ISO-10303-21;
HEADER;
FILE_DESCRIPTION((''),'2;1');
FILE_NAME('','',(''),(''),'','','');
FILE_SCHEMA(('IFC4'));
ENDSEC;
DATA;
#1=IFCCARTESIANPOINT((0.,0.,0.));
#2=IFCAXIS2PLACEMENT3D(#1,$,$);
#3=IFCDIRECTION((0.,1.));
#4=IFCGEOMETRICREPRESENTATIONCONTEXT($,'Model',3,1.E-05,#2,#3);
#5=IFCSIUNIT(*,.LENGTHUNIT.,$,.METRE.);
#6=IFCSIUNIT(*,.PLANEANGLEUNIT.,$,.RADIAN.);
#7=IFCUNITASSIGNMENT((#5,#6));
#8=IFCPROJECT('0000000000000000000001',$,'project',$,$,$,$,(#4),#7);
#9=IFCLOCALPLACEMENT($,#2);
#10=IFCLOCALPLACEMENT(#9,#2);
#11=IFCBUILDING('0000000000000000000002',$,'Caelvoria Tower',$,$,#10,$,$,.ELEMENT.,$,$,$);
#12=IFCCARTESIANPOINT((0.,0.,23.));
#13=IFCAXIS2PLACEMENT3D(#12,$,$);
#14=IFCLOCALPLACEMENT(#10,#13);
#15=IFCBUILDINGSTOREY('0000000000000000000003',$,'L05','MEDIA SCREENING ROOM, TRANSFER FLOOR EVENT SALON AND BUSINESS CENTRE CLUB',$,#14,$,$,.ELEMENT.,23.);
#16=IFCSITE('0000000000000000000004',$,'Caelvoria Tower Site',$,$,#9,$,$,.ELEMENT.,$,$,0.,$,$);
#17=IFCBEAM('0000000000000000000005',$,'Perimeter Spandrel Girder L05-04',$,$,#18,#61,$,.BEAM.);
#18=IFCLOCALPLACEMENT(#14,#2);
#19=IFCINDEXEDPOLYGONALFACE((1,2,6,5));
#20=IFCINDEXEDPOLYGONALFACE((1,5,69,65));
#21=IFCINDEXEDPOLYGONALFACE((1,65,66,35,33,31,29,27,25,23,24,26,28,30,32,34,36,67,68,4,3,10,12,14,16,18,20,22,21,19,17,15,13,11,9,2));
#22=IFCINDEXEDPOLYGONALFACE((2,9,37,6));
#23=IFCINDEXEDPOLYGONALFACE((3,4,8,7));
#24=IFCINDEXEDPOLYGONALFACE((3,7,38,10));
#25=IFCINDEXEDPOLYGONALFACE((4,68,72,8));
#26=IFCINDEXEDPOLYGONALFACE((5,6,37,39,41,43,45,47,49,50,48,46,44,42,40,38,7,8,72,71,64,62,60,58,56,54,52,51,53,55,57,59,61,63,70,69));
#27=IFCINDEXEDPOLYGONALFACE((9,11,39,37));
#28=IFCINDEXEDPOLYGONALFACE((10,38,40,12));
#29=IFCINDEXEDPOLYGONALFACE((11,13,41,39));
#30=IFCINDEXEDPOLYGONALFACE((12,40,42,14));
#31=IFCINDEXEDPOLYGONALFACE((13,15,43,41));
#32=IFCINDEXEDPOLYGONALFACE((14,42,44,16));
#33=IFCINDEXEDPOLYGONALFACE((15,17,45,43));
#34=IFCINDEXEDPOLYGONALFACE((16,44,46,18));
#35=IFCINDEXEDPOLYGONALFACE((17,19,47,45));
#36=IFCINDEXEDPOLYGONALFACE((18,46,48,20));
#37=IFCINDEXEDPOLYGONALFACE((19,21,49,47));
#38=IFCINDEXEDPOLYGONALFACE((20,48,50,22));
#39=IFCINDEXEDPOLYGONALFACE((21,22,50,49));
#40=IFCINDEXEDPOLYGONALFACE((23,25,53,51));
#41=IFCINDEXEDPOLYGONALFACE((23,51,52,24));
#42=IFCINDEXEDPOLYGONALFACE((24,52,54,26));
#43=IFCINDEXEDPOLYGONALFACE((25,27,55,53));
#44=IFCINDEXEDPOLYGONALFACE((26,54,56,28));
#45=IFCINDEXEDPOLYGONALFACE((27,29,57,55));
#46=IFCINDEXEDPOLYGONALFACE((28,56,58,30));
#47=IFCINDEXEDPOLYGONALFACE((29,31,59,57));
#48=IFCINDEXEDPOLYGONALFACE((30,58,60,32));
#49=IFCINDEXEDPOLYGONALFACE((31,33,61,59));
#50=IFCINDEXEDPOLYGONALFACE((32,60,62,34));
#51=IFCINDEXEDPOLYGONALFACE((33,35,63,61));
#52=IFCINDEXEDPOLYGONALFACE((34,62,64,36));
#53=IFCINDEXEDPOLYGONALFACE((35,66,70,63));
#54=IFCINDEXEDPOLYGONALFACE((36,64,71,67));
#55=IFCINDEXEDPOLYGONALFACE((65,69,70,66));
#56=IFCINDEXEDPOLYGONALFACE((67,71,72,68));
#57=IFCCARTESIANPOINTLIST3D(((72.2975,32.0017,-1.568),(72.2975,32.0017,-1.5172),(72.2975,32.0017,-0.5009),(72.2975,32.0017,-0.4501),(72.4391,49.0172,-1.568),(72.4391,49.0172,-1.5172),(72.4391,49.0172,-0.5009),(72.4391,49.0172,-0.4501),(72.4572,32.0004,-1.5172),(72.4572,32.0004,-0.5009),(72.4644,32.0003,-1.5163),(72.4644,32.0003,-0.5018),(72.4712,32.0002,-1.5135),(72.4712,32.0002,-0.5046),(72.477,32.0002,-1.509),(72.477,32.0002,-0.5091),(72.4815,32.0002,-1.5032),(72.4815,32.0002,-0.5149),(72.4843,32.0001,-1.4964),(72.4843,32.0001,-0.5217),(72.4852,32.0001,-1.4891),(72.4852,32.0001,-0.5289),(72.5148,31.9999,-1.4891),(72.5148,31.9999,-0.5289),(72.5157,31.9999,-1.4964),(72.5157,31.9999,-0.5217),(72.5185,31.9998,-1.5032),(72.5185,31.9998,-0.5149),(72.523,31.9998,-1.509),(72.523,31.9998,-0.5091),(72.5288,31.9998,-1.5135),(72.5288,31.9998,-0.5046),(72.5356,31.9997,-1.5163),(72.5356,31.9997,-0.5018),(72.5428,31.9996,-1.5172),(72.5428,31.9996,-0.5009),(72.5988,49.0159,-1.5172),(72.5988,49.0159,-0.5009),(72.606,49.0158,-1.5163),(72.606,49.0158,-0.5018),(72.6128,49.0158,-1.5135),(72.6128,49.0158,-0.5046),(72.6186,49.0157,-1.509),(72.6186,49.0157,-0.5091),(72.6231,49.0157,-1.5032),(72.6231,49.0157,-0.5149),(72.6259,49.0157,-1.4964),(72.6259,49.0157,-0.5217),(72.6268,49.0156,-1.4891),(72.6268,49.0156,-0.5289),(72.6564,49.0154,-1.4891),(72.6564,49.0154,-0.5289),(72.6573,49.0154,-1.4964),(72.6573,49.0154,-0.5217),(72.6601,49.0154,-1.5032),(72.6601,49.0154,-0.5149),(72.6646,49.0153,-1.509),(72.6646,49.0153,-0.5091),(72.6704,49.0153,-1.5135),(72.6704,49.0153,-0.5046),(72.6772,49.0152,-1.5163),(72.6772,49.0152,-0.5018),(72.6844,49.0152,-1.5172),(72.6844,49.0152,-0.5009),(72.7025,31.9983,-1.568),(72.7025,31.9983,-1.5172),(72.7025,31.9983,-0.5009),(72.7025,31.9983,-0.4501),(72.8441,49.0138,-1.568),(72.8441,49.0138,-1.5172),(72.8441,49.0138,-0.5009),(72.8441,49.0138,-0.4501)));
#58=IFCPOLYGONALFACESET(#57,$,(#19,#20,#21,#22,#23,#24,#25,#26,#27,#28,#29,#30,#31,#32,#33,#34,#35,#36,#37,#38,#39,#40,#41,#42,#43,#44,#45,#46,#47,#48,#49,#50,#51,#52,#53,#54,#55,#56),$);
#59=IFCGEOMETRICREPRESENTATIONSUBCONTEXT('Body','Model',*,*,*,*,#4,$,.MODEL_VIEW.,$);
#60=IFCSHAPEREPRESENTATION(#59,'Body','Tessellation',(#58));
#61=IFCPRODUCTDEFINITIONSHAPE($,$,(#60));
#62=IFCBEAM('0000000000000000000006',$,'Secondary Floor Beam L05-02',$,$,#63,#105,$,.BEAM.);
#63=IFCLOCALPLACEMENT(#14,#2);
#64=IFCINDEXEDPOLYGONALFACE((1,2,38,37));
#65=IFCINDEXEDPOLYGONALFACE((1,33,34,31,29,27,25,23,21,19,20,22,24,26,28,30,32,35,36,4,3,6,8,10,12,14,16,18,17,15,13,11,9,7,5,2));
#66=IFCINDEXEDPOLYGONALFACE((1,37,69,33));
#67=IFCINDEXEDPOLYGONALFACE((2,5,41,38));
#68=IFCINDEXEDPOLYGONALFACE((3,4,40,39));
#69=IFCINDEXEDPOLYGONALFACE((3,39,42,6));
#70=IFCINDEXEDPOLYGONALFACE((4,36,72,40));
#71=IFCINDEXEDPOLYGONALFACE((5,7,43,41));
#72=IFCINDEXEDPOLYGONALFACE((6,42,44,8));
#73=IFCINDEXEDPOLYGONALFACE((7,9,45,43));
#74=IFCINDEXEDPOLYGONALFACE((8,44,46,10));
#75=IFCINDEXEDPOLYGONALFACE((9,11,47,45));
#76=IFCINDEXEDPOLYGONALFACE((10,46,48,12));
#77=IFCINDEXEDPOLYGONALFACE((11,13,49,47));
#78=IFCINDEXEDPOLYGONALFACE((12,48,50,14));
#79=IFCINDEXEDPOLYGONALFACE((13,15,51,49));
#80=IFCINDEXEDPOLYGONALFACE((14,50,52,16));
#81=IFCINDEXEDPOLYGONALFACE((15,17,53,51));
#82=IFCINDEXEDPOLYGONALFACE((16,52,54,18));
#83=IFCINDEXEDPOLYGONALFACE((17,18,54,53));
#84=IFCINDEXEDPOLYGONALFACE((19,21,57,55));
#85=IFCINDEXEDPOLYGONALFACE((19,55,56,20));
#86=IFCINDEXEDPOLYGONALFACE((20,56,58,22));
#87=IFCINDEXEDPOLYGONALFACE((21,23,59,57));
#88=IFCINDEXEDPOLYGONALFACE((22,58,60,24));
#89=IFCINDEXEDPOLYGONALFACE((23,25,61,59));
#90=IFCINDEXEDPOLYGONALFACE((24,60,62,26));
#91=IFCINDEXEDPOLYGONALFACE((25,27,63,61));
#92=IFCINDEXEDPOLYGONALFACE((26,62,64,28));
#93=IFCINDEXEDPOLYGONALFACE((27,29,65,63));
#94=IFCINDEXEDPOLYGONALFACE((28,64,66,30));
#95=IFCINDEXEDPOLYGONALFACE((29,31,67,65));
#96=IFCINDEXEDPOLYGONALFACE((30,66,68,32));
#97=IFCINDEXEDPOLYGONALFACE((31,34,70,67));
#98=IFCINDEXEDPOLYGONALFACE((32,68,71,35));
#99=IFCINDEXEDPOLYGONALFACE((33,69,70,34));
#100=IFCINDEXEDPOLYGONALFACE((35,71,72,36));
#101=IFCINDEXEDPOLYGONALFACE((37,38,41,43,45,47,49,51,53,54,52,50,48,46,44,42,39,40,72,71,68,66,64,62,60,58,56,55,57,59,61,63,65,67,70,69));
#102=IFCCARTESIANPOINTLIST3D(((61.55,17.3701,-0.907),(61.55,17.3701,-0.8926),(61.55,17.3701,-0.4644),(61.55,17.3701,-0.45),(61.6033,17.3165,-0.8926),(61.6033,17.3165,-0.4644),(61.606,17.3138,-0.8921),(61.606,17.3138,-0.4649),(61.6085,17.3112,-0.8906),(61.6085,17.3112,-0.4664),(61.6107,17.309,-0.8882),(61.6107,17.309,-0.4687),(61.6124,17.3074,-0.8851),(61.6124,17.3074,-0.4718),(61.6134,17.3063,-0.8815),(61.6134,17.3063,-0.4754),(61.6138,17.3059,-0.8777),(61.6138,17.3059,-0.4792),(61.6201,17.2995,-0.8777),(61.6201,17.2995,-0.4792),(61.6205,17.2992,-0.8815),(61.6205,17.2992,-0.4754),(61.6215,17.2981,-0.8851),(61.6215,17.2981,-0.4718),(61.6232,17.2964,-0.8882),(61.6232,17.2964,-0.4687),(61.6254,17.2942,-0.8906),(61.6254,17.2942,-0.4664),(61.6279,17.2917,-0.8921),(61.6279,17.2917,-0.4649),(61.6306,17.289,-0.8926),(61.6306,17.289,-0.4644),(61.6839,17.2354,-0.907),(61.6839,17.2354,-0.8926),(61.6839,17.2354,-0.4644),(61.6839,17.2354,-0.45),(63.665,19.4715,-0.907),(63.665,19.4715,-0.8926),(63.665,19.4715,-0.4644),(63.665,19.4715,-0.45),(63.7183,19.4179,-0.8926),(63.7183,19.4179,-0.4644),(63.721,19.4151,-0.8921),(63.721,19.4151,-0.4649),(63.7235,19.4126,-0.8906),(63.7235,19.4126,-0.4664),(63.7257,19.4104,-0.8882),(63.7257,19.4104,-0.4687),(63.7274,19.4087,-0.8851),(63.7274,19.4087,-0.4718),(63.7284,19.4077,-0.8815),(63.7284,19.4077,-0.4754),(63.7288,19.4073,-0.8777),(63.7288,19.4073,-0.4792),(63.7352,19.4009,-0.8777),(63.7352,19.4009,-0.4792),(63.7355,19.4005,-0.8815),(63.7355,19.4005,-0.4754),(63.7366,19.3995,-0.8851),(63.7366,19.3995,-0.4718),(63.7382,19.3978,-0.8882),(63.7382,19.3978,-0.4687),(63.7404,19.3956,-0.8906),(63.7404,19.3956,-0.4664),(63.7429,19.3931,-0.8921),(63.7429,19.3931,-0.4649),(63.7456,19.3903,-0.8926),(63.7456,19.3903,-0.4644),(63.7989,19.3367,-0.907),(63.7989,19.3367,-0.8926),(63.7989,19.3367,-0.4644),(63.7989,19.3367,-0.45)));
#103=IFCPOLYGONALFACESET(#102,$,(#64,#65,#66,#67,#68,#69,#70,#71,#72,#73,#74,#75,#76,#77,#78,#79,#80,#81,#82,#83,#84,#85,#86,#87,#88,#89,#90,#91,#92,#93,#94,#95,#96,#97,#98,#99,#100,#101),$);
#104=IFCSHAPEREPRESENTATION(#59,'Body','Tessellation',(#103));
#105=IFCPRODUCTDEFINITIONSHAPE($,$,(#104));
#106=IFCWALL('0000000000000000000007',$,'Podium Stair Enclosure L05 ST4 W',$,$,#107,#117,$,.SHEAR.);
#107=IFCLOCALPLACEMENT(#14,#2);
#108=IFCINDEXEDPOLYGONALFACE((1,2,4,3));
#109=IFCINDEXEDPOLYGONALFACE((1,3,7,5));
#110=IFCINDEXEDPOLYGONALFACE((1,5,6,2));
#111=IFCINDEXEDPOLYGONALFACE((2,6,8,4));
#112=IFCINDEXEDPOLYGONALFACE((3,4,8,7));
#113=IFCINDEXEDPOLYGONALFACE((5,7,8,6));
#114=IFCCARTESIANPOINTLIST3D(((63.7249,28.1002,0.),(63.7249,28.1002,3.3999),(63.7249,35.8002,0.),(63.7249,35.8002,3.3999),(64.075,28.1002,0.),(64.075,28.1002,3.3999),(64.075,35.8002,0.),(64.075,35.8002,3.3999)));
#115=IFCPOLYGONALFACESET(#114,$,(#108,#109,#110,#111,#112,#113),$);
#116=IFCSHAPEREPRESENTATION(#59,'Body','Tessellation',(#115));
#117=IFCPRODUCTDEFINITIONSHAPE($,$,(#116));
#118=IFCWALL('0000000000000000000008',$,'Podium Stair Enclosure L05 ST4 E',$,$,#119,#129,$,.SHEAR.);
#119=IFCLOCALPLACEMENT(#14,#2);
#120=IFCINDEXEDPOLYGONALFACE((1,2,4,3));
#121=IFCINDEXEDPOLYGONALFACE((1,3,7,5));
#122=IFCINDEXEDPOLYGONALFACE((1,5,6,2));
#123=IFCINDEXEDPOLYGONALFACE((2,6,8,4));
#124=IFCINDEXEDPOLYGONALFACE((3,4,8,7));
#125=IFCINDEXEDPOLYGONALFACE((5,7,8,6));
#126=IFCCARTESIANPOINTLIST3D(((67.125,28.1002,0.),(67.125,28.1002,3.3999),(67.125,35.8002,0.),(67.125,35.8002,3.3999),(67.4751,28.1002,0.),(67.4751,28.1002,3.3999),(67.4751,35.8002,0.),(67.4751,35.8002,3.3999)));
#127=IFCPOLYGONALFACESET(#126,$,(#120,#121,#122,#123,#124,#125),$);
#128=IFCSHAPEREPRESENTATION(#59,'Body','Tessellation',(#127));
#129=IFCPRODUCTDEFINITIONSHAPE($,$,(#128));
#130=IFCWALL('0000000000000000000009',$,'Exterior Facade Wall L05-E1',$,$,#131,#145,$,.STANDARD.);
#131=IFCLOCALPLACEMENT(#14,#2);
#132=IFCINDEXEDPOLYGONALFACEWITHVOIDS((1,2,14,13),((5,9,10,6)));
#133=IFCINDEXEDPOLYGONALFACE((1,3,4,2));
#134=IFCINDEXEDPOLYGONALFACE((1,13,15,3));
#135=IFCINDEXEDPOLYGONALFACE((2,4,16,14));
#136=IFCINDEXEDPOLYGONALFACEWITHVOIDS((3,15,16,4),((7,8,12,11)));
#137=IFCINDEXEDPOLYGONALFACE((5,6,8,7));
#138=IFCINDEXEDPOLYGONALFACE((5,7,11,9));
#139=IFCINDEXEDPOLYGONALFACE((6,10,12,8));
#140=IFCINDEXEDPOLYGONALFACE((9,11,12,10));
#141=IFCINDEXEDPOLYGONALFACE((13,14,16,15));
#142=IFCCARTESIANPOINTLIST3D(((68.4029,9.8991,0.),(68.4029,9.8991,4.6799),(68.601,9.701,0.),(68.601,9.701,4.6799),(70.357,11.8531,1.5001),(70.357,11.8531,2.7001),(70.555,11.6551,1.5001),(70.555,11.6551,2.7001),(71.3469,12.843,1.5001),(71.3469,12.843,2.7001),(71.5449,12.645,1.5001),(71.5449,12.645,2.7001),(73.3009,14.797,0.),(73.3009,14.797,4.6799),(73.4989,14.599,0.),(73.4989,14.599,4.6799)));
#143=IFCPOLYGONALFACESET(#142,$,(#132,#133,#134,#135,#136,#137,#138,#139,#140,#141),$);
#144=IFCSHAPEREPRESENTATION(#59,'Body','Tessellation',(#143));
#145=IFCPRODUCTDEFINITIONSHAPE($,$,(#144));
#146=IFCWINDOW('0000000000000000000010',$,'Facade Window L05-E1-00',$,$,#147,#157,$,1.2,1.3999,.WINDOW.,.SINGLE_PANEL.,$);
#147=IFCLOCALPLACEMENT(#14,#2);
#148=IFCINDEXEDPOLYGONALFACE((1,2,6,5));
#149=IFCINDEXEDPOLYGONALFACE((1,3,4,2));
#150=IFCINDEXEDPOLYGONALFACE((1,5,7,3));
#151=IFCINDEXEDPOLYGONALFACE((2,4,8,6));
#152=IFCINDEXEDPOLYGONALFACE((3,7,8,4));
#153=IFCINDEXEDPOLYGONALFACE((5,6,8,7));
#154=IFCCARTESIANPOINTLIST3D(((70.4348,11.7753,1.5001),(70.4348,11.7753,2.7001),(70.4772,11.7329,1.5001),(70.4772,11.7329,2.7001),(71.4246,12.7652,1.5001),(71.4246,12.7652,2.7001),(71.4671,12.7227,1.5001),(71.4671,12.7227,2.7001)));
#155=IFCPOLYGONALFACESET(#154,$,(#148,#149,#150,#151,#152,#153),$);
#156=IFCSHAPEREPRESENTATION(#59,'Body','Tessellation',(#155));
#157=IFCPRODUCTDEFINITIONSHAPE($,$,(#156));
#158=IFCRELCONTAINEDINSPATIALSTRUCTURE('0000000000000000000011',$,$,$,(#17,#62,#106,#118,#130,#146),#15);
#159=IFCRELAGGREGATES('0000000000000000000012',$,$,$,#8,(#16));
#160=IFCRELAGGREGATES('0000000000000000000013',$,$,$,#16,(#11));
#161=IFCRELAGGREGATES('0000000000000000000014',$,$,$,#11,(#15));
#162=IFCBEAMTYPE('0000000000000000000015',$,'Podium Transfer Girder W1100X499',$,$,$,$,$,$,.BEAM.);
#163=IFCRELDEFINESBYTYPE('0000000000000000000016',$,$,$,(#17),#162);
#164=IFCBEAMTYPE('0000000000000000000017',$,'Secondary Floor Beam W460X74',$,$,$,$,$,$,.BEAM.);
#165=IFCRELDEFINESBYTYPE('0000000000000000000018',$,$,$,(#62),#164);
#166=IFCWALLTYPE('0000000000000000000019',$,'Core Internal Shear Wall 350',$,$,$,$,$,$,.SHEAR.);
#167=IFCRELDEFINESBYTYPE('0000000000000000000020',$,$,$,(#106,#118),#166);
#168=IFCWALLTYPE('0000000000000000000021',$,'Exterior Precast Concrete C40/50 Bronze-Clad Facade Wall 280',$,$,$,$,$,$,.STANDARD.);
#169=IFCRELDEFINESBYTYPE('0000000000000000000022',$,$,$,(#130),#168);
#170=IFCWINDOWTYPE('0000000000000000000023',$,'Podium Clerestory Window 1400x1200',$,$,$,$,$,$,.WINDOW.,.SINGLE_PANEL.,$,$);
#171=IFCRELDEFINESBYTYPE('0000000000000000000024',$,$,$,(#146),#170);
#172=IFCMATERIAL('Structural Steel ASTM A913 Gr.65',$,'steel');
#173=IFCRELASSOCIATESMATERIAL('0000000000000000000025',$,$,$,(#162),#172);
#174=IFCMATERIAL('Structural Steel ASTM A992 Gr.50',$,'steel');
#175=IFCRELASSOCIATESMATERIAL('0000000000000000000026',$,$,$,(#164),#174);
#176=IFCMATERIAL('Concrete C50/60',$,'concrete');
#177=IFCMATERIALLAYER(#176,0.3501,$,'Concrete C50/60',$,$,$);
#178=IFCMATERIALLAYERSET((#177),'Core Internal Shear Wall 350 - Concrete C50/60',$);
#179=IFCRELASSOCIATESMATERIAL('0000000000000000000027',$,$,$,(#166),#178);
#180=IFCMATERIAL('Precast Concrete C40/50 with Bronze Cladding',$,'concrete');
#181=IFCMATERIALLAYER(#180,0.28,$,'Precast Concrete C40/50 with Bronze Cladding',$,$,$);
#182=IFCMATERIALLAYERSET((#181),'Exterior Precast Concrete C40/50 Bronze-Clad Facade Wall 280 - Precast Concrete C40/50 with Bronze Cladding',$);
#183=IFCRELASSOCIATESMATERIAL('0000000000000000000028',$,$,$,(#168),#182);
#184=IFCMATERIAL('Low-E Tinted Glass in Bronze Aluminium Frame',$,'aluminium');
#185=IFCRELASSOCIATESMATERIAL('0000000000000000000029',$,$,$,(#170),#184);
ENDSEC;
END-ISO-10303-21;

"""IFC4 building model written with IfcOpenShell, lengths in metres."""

from ifc_helpers import new_model, si_unit, direction, frame, frame_2d, origin, origin_2d, place, context, subcontext, project, spatial, rectangle, i_section, extrude, material, layer, layer_set, material_profile, profile_set, type_object, element, fill, save


model = new_model("IFC4")

# Units and contexts
model_context = context("Model", 3, precision=1e-05, world=origin(), true_north=direction((0.0, 1.0)))
body_context = subcontext(model_context, "Body", "Model", "MODEL_VIEW")
ifc_project = project(units=[si_unit("LENGTHUNIT", "METRE"), si_unit("PLANEANGLEUNIT", "RADIAN")], contexts=[model_context])

# Site, building, storey
site_placement = place(None, origin())
site = spatial("IfcSite", under=ifc_project, at=site_placement, Name="Caelvoria Tower Site", CompositionType="ELEMENT", RefElevation=0.0)
building_placement = place(site_placement, origin())
building = spatial("IfcBuilding", under=site, at=building_placement, Name="Caelvoria Tower", CompositionType="ELEMENT")
storey_placement = place(building_placement, frame((0.0, 0.0, 23.0)))
storey = spatial("IfcBuildingStorey", under=building, at=storey_placement, Name="L05", Description="MEDIA SCREENING ROOM, TRANSFER FLOOR EVENT SALON AND BUSINESS CENTRE CLUB", CompositionType="ELEMENT", Elevation=23.0)

# Shared definitions
ifc_material_1 = material(Name="Structural Steel ASTM A913 Gr.65", Category="steel")

# Beams
ifc_material_profile_1 = material_profile(ifc_material_1, i_section(OverallWidth=0.405, OverallDepth=1.1179, WebThickness=0.0295, FlangeThickness=0.0508, FilletRadius=0.0281, at=origin_2d()), Name="Structural Steel ASTM A913 Gr.65")
ifc_profile_set_1 = profile_set([ifc_material_profile_1], Name="W1100X499 - Structural Steel ASTM A913 Gr.65")
beam_type_1 = type_object("IfcBeamType", Name="Podium Transfer Girder W1100X499", PredefinedType="BEAM", material=ifc_profile_set_1)
for number, where, z_axis, x_axis, name in (
    (1, (72.5, 32.0, -1.009), (0.008322, 0.999965, 0.0), (-0.999965, 0.008322, 0.0), "Perimeter Spandrel Girder L05-04"),
):
    element("IfcBeam", number, at=place(storey_placement, frame(where, z_axis=z_axis, x_axis=x_axis)), inside=storey, type_object=beam_type_1, Name=name, PredefinedType="BEAM", context=body_context, shape_type="SweptSolid", body=[
        extrude(i_section(OverallWidth=0.405, OverallDepth=1.1179, WebThickness=0.0295, FlangeThickness=0.0508, FilletRadius=0.0281, at=origin_2d()), origin(), (0.0, 0.0, 1.0), 17.0161),
    ])
ifc_material_2 = material(Name="Structural Steel ASTM A992 Gr.50", Category="steel")
ifc_material_profile_2 = material_profile(ifc_material_2, i_section(OverallWidth=0.1899, OverallDepth=0.457, WebThickness=0.009, FlangeThickness=0.0144, FilletRadius=0.0149, at=origin_2d()), Name="Structural Steel ASTM A992 Gr.50")
ifc_profile_set_2 = profile_set([ifc_material_profile_2], Name="W460X74 - Structural Steel ASTM A992 Gr.50")
beam_type_2 = type_object("IfcBeamType", Name="Secondary Floor Beam W460X74", PredefinedType="BEAM", material=ifc_profile_set_2)
beam_1_placement = place(storey_placement, frame((61.6169, 17.3027, -0.6785), z_axis=(0.709396, 0.70481, 0.0), x_axis=(-0.70481, 0.709396, 0.0)))
element("IfcBeam", 2, at=beam_1_placement, inside=storey, type_object=beam_type_2, Name="Secondary Floor Beam L05-02", PredefinedType="BEAM", context=body_context, shape_type="SweptSolid", body=[
    extrude(i_section(OverallWidth=0.1899, OverallDepth=0.457, WebThickness=0.009, FlangeThickness=0.0144, FilletRadius=0.0149, at=origin_2d()), origin(), (0.0, 0.0, 1.0), 2.9814),
])

# Shared definitions
ifc_material_3 = material(Name="Concrete C50/60", Category="concrete")
ifc_layer_1 = layer(ifc_material_3, 0.3501, Name="Concrete C50/60")
ifc_layer_set_1 = layer_set([ifc_layer_1], Name="Core Internal Shear Wall 350 - Concrete C50/60")
wall_type_1 = type_object("IfcWallType", Name="Core Internal Shear Wall 350", PredefinedType="SHEAR", material=ifc_layer_set_1)

# Walls
for number, where, z_axis, x_axis, name in (
    (3, (63.8999, 28.1001, 0.0), (0.0, 0.0, 1.0), (0.0, 1.0, 0.0), "Podium Stair Enclosure L05 ST4 W"),
    (4, (67.3, 28.1001, 0.0), (0.0, 0.0, 1.0), (0.0, 1.0, 0.0), "Podium Stair Enclosure L05 ST4 E"),
):
    element("IfcWall", number, at=place(storey_placement, frame(where, z_axis=z_axis, x_axis=x_axis)), inside=storey, type_object=wall_type_1, Name=name, PredefinedType="SHEAR", context=body_context, shape_type="SweptSolid", body=[
        extrude(rectangle(XDim=7.7, YDim=0.3501, at=frame_2d((3.8501, 0.0))), origin(), (0.0, 0.0, 1.0), 3.3999),
    ])

# Wall, opening, window
ifc_material_4 = material(Name="Precast Concrete C40/50 with Bronze Cladding", Category="concrete")
ifc_layer_2 = layer(ifc_material_4, 0.28, Name="Precast Concrete C40/50 with Bronze Cladding")
ifc_layer_set_2 = layer_set([ifc_layer_2], Name="Exterior Precast Concrete C40/50 Bronze-Clad Facade Wall 280 - Precast Concrete C40/50 with Bronze Cladding")
wall_type_2 = type_object("IfcWallType", Name="Exterior Precast Concrete C40/50 Bronze-Clad Facade Wall 280", PredefinedType="STANDARD", material=ifc_layer_set_2)
wall_1_placement = place(storey_placement, frame((68.502, 9.8, 0.0), z_axis=(0.0, 0.0, 1.0), x_axis=(0.707107, 0.707107, 0.0)))
wall_1 = element("IfcWall", 5, at=wall_1_placement, inside=storey, type_object=wall_type_2, Name="Exterior Facade Wall L05-E1", PredefinedType="STANDARD", context=body_context, shape_type="SweptSolid", body=[
    extrude(rectangle(XDim=6.9268, YDim=0.28, at=frame_2d((3.4634, 0.0))), origin(), (0.0, 0.0, 1.0), 4.6799),
])
opening_1_placement = place(wall_1_placement, frame((2.7634, 0.0, 1.5)))
opening_1 = element("IfcOpeningElement", 6, at=opening_1_placement, cuts=wall_1, PredefinedType="OPENING", context=body_context, shape_type="SweptSolid", body=[
    extrude(rectangle(XDim=1.3999, YDim=1.2, at=frame_2d((0.7, 0.6001))), frame((0.0, 0.1499, 0.0), z_axis=(0.0, -1.0, 0.0), x_axis=(1.0, 0.0, 0.0)), (0.0, 0.0, 1.0), 0.3),
])
ifc_material_5 = material(Name="Low-E Tinted Glass in Bronze Aluminium Frame", Category="aluminium")
window_type_1 = type_object("IfcWindowType", Name="Podium Clerestory Window 1400x1200", PartitioningType="SINGLE_PANEL", PredefinedType="WINDOW", material=ifc_material_5)
window_1_placement = place(opening_1_placement, origin())
window_1 = element("IfcWindow", 7, at=window_1_placement, inside=storey, type_object=window_type_1, Name="Facade Window L05-E1-00", OverallHeight=1.2, OverallWidth=1.3999, PartitioningType="SINGLE_PANEL", PredefinedType="WINDOW", context=body_context, shape_type="SweptSolid", body=[
    extrude(rectangle(XDim=1.3999, YDim=1.2, at=frame_2d((0.7, 0.6001))), frame((0.0, 0.03, 0.0), z_axis=(0.0, -1.0, 0.0), x_axis=(1.0, 0.0, 0.0)), (0.0, 0.0, 1.0), 0.0601),
])
fill(opening_1, window_1)

save(model, "model.ifc")
